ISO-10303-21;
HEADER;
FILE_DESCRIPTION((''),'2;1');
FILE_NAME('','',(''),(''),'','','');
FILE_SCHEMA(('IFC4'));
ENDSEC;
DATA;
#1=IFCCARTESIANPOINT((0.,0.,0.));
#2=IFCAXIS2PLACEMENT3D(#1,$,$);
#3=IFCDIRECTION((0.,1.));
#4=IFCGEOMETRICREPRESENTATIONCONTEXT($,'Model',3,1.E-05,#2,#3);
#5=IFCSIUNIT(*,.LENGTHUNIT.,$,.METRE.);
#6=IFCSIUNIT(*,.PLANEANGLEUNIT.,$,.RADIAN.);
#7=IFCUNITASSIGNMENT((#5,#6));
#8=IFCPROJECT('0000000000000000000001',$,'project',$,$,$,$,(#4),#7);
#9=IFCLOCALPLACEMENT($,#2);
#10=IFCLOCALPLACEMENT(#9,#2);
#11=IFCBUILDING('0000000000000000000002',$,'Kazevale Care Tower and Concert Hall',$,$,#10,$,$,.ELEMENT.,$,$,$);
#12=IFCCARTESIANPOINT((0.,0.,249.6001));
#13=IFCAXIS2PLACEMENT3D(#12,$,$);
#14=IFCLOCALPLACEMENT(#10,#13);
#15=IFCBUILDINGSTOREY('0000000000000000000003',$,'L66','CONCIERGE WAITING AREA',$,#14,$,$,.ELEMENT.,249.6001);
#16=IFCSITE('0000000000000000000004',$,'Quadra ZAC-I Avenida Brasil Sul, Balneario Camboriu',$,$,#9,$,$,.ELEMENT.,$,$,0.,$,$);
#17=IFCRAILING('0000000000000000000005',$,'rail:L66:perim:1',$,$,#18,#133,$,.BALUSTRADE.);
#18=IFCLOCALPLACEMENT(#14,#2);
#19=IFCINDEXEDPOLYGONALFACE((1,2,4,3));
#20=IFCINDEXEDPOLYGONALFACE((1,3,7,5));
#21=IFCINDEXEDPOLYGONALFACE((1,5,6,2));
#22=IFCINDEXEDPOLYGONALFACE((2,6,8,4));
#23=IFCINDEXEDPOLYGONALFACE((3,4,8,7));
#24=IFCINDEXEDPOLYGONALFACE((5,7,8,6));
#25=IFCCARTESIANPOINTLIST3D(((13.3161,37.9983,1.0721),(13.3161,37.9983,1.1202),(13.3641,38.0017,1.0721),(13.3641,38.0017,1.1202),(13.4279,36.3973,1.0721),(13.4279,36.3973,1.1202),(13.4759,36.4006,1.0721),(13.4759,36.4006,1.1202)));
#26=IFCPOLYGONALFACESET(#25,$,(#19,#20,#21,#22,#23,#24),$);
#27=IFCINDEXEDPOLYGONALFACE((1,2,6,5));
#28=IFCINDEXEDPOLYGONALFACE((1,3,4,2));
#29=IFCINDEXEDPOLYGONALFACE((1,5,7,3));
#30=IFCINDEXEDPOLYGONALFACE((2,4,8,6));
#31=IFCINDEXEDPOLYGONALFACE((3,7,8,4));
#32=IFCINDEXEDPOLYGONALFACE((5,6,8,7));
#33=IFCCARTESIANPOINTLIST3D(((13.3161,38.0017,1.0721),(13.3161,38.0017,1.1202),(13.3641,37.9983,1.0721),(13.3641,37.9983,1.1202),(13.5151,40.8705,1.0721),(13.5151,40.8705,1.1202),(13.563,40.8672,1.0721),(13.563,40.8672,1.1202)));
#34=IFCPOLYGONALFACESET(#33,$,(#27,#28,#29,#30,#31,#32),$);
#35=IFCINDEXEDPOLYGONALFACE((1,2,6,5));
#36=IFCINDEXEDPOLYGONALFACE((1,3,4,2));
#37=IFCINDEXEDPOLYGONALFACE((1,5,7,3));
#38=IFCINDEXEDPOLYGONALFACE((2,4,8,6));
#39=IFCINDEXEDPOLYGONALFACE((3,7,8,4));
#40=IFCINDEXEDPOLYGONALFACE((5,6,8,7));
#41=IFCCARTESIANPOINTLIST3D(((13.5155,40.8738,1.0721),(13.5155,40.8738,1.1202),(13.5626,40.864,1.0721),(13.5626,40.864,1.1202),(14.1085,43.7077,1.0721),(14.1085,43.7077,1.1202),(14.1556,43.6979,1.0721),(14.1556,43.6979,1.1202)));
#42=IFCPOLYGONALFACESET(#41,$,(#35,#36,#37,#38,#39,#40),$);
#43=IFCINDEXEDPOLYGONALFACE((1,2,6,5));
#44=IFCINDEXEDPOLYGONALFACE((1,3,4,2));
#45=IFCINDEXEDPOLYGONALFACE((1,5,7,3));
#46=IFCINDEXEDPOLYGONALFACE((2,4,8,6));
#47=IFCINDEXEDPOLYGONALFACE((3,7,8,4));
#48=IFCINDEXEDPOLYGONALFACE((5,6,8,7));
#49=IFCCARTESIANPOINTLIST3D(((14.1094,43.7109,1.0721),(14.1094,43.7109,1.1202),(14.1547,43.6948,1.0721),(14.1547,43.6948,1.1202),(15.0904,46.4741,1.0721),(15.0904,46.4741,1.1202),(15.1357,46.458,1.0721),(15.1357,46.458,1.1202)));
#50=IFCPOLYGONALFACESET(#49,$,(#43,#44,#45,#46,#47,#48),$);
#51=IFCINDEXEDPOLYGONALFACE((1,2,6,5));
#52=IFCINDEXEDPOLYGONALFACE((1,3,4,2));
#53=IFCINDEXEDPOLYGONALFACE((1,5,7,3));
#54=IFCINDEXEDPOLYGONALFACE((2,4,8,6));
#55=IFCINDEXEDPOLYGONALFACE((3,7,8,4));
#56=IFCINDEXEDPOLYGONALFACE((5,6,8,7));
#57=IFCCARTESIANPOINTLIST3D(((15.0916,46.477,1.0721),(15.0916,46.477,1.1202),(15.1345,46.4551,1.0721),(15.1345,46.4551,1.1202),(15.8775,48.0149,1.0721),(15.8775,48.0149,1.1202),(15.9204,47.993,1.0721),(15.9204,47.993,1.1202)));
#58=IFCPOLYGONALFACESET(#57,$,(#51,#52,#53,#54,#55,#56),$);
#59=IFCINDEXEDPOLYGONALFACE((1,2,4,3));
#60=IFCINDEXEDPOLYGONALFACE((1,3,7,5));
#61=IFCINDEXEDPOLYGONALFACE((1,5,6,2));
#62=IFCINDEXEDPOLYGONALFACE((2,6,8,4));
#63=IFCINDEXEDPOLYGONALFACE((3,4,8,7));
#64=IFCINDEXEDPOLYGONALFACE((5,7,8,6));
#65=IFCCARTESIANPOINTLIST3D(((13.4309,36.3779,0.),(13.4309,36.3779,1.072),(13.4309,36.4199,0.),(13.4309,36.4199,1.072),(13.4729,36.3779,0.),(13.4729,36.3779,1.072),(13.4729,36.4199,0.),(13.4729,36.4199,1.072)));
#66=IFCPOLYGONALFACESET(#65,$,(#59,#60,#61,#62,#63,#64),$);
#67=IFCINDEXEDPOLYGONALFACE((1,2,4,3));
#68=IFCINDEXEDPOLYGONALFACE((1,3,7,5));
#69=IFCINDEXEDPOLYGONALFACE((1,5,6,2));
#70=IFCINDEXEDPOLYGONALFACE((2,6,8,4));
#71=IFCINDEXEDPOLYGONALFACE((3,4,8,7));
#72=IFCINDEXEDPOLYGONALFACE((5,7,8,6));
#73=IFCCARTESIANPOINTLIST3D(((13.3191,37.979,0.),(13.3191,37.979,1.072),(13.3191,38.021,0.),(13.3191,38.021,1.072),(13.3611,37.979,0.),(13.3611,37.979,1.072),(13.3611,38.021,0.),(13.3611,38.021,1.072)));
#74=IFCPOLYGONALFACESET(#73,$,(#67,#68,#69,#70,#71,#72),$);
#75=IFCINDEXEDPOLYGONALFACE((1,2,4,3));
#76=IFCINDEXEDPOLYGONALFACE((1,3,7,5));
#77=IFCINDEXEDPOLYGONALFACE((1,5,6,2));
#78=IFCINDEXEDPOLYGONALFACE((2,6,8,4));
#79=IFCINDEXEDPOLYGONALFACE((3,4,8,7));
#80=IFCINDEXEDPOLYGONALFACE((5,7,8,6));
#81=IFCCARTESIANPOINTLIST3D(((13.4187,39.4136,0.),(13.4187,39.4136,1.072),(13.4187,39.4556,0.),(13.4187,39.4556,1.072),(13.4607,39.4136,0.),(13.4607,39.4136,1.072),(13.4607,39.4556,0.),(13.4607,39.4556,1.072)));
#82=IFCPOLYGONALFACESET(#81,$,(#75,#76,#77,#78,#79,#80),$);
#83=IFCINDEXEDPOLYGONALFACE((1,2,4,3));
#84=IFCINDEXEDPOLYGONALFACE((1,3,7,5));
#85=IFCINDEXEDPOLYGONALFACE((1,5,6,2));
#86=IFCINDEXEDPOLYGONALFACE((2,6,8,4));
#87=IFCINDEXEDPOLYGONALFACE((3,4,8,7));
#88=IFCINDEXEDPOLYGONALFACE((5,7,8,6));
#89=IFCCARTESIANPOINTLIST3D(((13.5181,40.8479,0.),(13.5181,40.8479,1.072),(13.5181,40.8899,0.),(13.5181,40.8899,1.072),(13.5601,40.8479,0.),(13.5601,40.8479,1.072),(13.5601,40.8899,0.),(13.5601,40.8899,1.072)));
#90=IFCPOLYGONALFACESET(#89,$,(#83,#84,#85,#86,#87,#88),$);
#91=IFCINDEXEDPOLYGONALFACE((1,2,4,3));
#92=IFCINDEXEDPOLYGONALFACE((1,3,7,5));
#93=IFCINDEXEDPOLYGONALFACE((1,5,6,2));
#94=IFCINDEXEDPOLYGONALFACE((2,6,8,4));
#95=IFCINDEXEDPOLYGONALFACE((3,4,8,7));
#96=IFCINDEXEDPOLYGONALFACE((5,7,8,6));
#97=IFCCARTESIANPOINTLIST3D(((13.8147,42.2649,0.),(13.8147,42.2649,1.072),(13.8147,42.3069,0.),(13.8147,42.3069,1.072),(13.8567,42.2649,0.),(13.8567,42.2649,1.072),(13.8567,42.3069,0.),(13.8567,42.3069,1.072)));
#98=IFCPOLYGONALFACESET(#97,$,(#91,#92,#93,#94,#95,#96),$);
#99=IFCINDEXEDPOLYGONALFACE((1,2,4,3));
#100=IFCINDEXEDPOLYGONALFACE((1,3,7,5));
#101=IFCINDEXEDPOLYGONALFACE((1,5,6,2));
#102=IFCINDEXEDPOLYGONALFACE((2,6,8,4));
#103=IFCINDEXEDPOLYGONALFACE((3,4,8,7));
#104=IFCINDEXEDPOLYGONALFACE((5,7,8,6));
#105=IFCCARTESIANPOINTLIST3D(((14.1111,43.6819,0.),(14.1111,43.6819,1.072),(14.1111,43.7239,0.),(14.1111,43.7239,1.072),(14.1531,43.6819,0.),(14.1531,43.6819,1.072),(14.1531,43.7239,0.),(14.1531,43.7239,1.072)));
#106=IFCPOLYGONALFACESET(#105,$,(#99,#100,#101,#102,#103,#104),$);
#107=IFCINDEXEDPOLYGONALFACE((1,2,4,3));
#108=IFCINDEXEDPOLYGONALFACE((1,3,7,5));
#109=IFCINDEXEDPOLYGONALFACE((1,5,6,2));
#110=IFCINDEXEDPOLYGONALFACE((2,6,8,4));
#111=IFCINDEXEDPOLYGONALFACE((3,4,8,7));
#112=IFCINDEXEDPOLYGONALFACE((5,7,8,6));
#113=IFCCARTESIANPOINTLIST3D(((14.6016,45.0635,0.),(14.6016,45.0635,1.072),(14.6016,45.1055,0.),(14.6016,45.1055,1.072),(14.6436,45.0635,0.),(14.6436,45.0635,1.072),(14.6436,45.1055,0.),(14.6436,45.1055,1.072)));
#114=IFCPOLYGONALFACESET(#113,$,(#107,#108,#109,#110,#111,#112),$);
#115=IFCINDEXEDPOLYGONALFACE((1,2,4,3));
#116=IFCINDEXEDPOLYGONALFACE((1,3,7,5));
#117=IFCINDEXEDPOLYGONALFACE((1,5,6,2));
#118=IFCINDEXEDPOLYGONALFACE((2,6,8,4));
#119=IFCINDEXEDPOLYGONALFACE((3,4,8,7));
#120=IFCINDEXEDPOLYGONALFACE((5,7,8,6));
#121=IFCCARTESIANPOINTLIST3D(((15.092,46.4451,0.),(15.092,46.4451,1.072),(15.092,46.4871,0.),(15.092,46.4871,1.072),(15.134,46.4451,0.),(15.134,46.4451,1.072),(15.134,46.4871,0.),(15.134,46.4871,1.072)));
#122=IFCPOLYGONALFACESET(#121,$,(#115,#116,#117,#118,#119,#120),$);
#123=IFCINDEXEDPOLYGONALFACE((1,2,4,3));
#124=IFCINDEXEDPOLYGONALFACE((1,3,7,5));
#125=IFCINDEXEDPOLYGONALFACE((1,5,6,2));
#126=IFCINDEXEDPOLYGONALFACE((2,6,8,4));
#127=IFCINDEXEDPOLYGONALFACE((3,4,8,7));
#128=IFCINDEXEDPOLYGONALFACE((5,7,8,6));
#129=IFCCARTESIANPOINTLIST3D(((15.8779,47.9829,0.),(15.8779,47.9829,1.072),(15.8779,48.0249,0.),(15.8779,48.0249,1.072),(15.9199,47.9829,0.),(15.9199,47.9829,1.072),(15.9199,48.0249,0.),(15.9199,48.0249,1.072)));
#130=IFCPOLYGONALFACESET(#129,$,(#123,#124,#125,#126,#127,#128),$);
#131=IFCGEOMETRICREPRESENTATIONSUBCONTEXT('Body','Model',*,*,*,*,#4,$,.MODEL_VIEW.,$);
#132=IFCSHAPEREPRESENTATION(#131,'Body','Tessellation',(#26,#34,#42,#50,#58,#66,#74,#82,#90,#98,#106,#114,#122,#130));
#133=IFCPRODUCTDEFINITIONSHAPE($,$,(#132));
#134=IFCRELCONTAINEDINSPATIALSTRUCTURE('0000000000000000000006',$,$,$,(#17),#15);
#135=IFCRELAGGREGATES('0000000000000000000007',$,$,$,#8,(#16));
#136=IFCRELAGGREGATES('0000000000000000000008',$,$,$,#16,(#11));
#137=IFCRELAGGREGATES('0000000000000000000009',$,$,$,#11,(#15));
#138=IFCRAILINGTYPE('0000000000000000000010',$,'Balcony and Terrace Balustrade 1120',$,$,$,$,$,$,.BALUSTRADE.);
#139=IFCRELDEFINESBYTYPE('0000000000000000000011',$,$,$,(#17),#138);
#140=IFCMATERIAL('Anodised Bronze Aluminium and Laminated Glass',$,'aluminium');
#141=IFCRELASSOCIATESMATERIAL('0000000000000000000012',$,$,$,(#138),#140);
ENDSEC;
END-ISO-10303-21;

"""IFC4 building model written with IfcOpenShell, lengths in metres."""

from ifc_helpers import new_model, si_unit, direction, frame, origin, origin_2d, place, context, subcontext, project, spatial, rectangle, extrude, material, type_object, element, save


model = new_model("IFC4")

# Units and contexts
model_context = context("Model", 3, precision=1e-05, world=origin(), true_north=direction((0.0, 1.0)))
body_context = subcontext(model_context, "Body", "Model", "MODEL_VIEW")
ifc_project = project(units=[si_unit("LENGTHUNIT", "METRE"), si_unit("PLANEANGLEUNIT", "RADIAN")], contexts=[model_context])

# Site, building, storey
site_placement = place(None, origin())
site = spatial("IfcSite", under=ifc_project, at=site_placement, Name="Quadra ZAC-I Avenida Brasil Sul, Balneario Camboriu", CompositionType="ELEMENT", RefElevation=0.0)
building_placement = place(site_placement, origin())
building = spatial("IfcBuilding", under=site, at=building_placement, Name="Kazevale Care Tower and Concert Hall", CompositionType="ELEMENT")
storey_placement = place(building_placement, frame((0.0, 0.0, 249.6001)))
storey = spatial("IfcBuildingStorey", under=building, at=storey_placement, Name="L66", Description="CONCIERGE WAITING AREA", CompositionType="ELEMENT", Elevation=249.6001)

# Railing
ifc_material_1 = material(Name="Anodised Bronze Aluminium and Laminated Glass", Category="aluminium")
railing_type = type_object("IfcRailingType", Name="Balcony and Terrace Balustrade 1120", PredefinedType="BALUSTRADE", material=ifc_material_1)
railing_placement = place(storey_placement, frame((13.4519, 36.3989, 0.0)))
element("IfcRailing", 1, at=railing_placement, inside=storey, type_object=railing_type, Name="rail:L66:perim:1", PredefinedType="BALUSTRADE", context=body_context, shape_type="SweptSolid", body=[
    extrude(rectangle(XDim=0.0481, YDim=0.0481, at=origin_2d()), frame((0.0, 0.0, 1.0962), z_axis=(-0.069669, 0.99757, 0.0), x_axis=(-0.99757, -0.069669, 0.0)), (0.0, 0.0, 1.0), 1.605),
    extrude(rectangle(XDim=0.0481, YDim=0.0481, at=origin_2d()), frame((-0.1118, 1.6011, 1.0962), z_axis=(0.06919, 0.997604, 0.0), x_axis=(-0.997604, 0.06919, 0.0)), (0.0, 0.0, 1.0), 2.8757),
    extrude(rectangle(XDim=0.0481, YDim=0.0481, at=origin_2d()), frame((0.0872, 4.47, 1.0962), z_axis=(0.204816, 0.9788, 0.0), x_axis=(-0.9788, 0.204816, 0.0)), (0.0, 0.0, 1.0), 2.8953),
    extrude(rectangle(XDim=0.0481, YDim=0.0481, at=origin_2d()), frame((0.6802, 7.304, 1.0962), z_axis=(0.334553, 0.942377, 0.0), x_axis=(-0.942377, 0.334553, 0.0)), (0.0, 0.0, 1.0), 2.9321),
    extrude(rectangle(XDim=0.0481, YDim=0.0481, at=origin_2d()), frame((1.6611, 10.0671, 1.0962), z_axis=(0.455056, 0.890463, 0.0), x_axis=(-0.890463, 0.455056, 0.0)), (0.0, 0.0, 1.0), 1.7271),
    extrude(rectangle(XDim=0.042, YDim=0.042, at=origin_2d()), origin(), (0.0, 0.0, 1.0), 1.072),
    extrude(rectangle(XDim=0.042, YDim=0.042, at=origin_2d()), frame((-0.1118, 1.6011, 0.0)), (0.0, 0.0, 1.0), 1.072),
    extrude(rectangle(XDim=0.042, YDim=0.042, at=origin_2d()), frame((-0.0122, 3.0356, 0.0)), (0.0, 0.0, 1.0), 1.072),
    extrude(rectangle(XDim=0.042, YDim=0.042, at=origin_2d()), frame((0.0872, 4.47, 0.0)), (0.0, 0.0, 1.0), 1.072),
    extrude(rectangle(XDim=0.042, YDim=0.042, at=origin_2d()), frame((0.3838, 5.887, 0.0)), (0.0, 0.0, 1.0), 1.072),
    extrude(rectangle(XDim=0.042, YDim=0.042, at=origin_2d()), frame((0.6802, 7.304, 0.0)), (0.0, 0.0, 1.0), 1.072),
    extrude(rectangle(XDim=0.042, YDim=0.042, at=origin_2d()), frame((1.1707, 8.6855, 0.0)), (0.0, 0.0, 1.0), 1.072),
    extrude(rectangle(XDim=0.042, YDim=0.042, at=origin_2d()), frame((1.6611, 10.0671, 0.0)), (0.0, 0.0, 1.0), 1.072),
    extrude(rectangle(XDim=0.042, YDim=0.042, at=origin_2d()), frame((2.447, 11.605, 0.0)), (0.0, 0.0, 1.0), 1.072),
])

save(model, "model.ifc")
